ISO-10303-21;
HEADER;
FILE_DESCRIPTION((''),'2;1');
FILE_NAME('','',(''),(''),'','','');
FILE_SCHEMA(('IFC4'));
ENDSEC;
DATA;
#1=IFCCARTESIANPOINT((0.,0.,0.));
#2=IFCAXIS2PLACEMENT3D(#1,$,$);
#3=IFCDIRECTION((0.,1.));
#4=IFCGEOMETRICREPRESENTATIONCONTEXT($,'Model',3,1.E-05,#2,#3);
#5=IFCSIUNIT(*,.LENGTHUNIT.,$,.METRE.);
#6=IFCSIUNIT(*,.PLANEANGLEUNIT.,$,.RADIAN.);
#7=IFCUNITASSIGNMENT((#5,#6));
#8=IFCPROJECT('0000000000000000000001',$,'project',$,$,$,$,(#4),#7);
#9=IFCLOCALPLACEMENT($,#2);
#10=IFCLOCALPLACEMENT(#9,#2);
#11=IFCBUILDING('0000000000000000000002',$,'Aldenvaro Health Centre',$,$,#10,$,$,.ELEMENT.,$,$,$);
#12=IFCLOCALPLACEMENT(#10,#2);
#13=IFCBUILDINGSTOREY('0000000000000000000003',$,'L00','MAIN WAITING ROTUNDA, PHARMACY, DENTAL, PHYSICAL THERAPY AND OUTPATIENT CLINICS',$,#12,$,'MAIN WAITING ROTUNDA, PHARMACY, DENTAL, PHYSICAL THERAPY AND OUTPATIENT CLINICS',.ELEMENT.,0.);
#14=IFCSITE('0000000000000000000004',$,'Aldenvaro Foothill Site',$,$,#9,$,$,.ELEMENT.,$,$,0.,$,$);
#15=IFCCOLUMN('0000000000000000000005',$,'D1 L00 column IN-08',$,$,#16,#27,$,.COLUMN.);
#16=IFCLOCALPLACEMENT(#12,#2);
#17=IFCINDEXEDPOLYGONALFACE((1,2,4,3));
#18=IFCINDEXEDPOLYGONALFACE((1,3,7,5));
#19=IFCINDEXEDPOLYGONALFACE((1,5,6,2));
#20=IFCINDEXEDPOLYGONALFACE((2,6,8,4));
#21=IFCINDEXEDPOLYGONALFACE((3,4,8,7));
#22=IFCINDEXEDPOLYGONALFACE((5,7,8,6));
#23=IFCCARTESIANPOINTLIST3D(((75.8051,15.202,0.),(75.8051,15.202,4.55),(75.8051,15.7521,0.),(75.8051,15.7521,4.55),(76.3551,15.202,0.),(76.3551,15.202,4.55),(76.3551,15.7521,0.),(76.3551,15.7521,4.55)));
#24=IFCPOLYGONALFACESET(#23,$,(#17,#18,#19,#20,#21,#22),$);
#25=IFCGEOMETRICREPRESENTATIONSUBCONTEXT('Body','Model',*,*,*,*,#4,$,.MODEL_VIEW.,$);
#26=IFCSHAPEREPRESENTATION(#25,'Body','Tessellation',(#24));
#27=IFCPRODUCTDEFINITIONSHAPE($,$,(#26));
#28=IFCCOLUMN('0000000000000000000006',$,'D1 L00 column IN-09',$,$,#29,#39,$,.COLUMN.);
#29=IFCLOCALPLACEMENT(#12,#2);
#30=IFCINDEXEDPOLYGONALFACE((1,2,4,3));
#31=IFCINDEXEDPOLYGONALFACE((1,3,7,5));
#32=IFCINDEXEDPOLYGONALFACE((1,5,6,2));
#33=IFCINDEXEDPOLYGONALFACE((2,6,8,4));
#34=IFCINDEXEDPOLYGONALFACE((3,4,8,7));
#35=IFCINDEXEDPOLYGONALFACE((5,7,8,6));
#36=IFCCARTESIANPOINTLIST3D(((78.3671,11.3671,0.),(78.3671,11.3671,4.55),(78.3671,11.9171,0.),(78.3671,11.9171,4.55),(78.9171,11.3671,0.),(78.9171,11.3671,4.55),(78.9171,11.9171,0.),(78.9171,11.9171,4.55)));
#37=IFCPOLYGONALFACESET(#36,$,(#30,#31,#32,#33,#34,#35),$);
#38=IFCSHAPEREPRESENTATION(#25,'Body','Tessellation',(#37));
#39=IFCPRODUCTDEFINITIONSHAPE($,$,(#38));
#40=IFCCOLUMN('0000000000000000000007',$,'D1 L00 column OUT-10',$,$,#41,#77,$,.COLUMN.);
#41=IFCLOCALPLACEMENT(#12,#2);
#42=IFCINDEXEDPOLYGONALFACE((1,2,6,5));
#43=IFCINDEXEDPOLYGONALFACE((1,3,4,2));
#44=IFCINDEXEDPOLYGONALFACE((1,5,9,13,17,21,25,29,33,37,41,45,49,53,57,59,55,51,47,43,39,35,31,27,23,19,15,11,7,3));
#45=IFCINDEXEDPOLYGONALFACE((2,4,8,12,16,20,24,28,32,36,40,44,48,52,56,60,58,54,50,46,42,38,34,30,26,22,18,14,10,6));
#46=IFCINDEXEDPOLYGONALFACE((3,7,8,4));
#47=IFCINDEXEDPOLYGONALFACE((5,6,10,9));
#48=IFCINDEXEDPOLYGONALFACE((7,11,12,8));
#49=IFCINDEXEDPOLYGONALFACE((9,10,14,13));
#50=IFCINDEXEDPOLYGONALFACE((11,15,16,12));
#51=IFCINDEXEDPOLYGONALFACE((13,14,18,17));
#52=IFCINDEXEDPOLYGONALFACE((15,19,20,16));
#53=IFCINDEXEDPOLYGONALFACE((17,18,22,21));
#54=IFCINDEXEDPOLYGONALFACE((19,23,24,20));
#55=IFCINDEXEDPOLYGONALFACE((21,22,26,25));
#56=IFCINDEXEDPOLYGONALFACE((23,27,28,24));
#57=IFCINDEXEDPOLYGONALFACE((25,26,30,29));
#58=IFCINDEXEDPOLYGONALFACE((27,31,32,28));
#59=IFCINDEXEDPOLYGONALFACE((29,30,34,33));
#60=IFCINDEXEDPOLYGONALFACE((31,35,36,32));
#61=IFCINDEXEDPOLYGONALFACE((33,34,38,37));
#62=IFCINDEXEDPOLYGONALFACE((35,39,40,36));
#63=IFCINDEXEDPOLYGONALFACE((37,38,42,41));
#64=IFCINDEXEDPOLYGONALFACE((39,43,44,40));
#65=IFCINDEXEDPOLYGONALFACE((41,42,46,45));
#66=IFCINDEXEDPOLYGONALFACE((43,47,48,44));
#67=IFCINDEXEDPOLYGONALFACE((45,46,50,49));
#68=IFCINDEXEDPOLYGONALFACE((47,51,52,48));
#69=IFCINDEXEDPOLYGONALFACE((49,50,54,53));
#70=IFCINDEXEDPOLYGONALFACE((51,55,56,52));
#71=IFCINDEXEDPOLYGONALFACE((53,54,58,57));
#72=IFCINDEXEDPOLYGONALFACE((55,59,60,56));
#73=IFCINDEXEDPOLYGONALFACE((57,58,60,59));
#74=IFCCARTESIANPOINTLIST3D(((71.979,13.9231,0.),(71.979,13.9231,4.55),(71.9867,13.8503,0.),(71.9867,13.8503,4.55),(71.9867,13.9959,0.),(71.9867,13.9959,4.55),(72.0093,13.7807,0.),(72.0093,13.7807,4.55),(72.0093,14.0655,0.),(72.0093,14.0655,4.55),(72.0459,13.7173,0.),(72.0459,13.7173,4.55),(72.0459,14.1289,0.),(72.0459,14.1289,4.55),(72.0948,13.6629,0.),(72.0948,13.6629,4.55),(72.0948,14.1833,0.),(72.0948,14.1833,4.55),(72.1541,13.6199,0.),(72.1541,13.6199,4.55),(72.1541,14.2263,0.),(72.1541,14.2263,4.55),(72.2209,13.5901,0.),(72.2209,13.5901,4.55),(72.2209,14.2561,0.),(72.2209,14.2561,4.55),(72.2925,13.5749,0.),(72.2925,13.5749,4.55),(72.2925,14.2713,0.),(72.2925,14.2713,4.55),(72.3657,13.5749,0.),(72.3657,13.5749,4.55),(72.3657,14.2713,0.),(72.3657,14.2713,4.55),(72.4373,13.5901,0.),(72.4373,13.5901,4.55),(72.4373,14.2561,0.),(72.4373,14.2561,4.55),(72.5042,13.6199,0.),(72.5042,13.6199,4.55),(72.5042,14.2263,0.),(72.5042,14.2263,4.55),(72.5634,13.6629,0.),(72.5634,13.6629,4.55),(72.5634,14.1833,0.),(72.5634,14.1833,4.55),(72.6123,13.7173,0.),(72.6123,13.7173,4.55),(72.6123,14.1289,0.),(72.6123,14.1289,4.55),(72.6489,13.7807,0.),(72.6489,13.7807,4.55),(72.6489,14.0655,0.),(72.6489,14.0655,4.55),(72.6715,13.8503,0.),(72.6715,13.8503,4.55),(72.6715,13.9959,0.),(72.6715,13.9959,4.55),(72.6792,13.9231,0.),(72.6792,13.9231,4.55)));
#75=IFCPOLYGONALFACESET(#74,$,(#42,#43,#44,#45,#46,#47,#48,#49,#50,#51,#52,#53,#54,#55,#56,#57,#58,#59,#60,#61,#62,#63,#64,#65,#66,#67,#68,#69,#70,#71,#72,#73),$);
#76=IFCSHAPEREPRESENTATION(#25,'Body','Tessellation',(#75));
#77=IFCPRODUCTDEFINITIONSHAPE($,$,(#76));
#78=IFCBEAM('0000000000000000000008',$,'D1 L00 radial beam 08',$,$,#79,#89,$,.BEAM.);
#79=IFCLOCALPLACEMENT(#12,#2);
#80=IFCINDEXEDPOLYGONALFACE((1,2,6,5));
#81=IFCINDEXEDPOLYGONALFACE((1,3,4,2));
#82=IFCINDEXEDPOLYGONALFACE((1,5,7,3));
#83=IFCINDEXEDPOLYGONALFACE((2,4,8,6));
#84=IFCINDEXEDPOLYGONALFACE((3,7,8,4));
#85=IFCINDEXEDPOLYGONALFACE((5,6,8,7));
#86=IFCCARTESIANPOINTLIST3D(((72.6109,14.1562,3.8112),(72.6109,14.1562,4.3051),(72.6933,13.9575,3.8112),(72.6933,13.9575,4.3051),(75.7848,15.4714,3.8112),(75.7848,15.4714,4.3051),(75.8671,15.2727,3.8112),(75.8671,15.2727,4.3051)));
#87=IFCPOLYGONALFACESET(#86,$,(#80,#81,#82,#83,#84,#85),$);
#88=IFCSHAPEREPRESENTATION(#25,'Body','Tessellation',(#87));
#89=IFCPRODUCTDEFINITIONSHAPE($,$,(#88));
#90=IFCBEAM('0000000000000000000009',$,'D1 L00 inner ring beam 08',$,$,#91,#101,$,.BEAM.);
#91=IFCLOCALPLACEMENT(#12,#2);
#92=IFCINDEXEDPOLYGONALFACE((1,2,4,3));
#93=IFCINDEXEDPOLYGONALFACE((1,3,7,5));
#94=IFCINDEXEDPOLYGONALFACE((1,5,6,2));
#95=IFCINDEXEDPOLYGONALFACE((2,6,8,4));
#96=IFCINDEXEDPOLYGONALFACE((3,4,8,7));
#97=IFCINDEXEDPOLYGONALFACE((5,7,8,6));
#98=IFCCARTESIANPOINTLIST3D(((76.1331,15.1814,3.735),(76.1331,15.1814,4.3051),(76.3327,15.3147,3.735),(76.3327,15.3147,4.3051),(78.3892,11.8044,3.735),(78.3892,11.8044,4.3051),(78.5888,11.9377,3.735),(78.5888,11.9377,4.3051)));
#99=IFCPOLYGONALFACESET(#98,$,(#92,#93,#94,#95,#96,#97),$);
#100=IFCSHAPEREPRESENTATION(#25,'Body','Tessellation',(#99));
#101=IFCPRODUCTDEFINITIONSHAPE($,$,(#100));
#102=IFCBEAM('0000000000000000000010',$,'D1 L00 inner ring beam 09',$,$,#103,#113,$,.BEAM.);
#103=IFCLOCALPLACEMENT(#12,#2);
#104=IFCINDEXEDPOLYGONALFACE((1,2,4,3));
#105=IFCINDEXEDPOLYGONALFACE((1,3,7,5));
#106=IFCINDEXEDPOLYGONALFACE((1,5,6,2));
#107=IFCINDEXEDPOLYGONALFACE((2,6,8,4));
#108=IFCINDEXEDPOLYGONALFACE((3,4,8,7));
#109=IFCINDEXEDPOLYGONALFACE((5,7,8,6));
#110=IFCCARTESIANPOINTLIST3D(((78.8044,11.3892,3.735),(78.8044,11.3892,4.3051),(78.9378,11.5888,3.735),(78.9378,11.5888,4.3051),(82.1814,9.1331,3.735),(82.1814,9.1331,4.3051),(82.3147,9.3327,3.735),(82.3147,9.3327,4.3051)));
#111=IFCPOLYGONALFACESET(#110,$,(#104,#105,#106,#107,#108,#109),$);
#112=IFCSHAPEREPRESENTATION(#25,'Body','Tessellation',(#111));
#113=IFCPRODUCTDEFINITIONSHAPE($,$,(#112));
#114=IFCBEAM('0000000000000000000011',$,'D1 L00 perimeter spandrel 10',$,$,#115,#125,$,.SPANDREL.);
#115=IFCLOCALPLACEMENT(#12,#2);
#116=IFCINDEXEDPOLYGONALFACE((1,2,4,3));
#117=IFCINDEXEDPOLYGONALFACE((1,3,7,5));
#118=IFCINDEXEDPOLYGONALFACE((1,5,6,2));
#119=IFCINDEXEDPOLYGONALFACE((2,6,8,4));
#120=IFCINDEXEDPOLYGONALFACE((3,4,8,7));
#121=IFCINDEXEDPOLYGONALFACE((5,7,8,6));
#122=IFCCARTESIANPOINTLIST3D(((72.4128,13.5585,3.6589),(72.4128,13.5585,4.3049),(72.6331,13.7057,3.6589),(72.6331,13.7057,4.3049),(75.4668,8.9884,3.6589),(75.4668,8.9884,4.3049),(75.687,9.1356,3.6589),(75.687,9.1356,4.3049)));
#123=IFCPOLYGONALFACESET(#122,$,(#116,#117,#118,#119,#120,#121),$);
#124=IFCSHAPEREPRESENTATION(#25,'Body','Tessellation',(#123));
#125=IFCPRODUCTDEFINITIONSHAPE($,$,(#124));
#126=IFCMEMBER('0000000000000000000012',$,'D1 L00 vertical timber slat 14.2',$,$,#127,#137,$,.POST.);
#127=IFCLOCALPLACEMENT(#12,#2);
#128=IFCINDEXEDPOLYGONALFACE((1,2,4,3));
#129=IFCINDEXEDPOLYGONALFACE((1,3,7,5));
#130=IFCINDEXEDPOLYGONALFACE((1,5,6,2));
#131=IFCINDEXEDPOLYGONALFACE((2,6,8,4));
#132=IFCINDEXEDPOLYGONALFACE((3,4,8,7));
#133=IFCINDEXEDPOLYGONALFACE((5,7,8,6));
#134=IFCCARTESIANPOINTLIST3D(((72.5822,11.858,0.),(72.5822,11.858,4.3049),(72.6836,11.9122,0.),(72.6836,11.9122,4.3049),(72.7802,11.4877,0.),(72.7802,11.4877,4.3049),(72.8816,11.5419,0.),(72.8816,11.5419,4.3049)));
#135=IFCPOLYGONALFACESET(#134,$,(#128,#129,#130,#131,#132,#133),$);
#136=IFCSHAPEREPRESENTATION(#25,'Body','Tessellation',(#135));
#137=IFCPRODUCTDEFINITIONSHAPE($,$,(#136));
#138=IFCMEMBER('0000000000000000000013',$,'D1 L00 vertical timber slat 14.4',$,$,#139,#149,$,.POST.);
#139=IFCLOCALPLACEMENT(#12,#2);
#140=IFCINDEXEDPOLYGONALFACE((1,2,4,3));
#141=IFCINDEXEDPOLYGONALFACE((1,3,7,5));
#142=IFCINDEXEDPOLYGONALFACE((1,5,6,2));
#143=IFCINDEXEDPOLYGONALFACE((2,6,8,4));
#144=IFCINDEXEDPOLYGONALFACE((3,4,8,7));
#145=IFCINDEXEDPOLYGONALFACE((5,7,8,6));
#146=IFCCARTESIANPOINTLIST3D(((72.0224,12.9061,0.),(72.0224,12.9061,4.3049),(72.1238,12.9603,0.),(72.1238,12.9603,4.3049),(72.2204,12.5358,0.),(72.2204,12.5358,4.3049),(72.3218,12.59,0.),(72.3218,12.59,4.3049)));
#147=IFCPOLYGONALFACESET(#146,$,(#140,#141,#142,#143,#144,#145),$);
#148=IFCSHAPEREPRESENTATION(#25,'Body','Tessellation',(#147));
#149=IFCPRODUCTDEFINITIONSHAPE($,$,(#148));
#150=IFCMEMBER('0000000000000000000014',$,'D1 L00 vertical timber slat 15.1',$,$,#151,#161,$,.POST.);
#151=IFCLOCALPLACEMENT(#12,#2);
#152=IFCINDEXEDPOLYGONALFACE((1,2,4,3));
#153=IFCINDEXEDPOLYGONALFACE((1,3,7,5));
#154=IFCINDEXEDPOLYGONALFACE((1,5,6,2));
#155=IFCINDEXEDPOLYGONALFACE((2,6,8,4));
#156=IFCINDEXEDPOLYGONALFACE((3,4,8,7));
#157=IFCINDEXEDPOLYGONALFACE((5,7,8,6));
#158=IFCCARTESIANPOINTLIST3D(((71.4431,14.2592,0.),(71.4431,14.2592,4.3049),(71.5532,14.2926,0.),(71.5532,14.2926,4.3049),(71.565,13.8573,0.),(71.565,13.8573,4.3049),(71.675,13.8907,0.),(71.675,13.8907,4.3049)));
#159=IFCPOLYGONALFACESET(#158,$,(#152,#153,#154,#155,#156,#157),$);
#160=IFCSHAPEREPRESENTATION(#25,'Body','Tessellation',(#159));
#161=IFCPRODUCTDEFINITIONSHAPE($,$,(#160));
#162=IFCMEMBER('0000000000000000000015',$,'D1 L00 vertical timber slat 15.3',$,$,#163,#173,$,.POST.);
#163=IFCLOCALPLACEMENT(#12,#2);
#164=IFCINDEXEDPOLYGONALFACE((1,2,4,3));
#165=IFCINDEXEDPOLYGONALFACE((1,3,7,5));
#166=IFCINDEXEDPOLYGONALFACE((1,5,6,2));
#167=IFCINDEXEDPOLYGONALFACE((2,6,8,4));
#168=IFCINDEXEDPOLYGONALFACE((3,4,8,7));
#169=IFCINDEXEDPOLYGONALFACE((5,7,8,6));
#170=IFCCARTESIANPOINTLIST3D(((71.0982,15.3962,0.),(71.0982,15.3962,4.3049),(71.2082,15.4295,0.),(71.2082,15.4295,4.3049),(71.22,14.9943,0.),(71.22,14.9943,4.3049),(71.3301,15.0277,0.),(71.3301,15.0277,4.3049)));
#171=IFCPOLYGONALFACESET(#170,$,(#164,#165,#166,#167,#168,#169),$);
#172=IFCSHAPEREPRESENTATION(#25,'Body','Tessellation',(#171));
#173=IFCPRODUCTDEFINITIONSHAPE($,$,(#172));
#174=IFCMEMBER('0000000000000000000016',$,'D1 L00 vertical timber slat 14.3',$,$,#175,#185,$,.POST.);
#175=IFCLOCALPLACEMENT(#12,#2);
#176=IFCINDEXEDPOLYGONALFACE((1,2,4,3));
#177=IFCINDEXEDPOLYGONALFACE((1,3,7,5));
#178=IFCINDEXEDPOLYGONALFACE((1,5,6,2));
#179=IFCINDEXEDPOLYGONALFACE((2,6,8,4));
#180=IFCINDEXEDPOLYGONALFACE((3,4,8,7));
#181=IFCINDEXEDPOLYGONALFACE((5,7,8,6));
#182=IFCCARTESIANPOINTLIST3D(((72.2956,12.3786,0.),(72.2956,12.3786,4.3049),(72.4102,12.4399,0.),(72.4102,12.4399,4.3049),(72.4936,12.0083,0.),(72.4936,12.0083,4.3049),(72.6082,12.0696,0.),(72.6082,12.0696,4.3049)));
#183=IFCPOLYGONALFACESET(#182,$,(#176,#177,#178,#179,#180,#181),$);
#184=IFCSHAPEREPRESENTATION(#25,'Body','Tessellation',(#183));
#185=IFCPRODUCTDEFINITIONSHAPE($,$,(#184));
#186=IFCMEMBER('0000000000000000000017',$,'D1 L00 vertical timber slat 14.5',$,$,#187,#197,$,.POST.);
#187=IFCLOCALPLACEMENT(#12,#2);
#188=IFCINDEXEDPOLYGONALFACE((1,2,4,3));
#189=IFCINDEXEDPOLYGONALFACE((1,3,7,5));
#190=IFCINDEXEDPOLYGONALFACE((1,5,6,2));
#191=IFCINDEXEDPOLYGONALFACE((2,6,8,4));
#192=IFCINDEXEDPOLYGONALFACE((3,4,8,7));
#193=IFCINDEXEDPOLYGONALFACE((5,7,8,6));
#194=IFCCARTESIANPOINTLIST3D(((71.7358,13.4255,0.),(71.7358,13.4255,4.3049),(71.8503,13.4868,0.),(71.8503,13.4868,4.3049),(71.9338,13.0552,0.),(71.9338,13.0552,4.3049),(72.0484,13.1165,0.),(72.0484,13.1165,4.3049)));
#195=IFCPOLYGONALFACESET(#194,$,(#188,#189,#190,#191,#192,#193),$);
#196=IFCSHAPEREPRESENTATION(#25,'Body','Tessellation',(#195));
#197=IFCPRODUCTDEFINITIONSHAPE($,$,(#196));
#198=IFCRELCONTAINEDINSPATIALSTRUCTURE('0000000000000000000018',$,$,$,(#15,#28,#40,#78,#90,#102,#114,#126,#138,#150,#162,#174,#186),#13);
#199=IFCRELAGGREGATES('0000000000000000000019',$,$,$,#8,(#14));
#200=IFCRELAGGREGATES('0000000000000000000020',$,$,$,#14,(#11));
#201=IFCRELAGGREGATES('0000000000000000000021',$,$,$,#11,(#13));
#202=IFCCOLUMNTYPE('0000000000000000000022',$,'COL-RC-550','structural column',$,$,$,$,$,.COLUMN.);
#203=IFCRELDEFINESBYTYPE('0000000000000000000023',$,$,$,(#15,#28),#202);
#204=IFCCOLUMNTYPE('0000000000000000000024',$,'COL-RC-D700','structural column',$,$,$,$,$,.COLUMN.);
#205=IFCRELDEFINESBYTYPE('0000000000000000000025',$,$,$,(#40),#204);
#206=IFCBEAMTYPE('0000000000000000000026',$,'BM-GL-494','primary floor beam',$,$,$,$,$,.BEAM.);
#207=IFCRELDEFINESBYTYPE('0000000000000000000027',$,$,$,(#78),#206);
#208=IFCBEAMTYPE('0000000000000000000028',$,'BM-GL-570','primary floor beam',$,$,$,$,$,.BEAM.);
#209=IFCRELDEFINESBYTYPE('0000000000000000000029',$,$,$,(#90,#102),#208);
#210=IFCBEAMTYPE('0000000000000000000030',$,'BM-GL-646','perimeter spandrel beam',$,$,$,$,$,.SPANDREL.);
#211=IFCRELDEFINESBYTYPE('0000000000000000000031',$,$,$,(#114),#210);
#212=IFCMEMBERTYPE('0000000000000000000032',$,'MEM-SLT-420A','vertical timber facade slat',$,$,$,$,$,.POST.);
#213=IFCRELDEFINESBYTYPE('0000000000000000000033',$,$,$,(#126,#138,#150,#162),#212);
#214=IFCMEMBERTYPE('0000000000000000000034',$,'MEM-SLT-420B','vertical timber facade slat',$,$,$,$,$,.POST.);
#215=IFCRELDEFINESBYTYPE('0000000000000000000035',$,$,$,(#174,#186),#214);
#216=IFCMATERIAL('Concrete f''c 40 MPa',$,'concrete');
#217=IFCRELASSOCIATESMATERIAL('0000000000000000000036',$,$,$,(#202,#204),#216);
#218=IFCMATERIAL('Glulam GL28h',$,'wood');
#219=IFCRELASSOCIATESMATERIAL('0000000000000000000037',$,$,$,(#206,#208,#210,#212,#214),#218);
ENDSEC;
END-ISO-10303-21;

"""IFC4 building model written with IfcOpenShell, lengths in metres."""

from ifc_helpers import new_model, si_unit, direction, frame, origin, origin_2d, place, context, subcontext, project, spatial, rectangle, circle, extrude, material, material_profile, profile_set, type_object, element, save


model = new_model("IFC4")

# Units and contexts
model_context = context("Model", 3, precision=1e-05, world=origin(), true_north=direction((0.0, 1.0)))
body_context = subcontext(model_context, "Body", "Model", "MODEL_VIEW")
ifc_project = project(units=[si_unit("LENGTHUNIT", "METRE"), si_unit("PLANEANGLEUNIT", "RADIAN")], contexts=[model_context])

# Site, building, storey
site_placement = place(None, origin())
site = spatial("IfcSite", under=ifc_project, at=site_placement, Name="Aldenvaro Foothill Site", CompositionType="ELEMENT", RefElevation=0.0)
building_placement = place(site_placement, origin())
building = spatial("IfcBuilding", under=site, at=building_placement, Name="Aldenvaro Health Centre", CompositionType="ELEMENT")
storey_placement = place(building_placement, origin())
storey = spatial("IfcBuildingStorey", under=building, at=storey_placement, Name="L00", Description="MAIN WAITING ROTUNDA, PHARMACY, DENTAL, PHYSICAL THERAPY AND OUTPATIENT CLINICS", LongName="MAIN WAITING ROTUNDA, PHARMACY, DENTAL, PHYSICAL THERAPY AND OUTPATIENT CLINICS", CompositionType="ELEMENT", Elevation=0.0)

# Columns
ifc_material_1 = material(Name="Concrete f'c 40 MPa", Category="concrete")
ifc_material_profile_1 = material_profile(ifc_material_1, rectangle(XDim=0.55, YDim=0.55, at=origin_2d()), Name="RC 550x550", Category="concrete")
ifc_profile_set_1 = profile_set([ifc_material_profile_1], Name="Concrete f'c 40 MPa")
column_type_1 = type_object("IfcColumnType", Name="COL-RC-550", Description="structural column", PredefinedType="COLUMN", material=ifc_profile_set_1)
for number, where, z_axis, x_axis, name in (
    (1, (76.0801, 15.4771, 0.0), (0.0, 0.0, 1.0), (1.0, 0.0, 0.0), "D1 L00 column IN-08"),
    (2, (78.6421, 11.6421, 0.0), (0.0, 0.0, 1.0), (1.0, 0.0, 0.0), "D1 L00 column IN-09"),
):
    element("IfcColumn", number, at=place(storey_placement, frame(where, z_axis=z_axis, x_axis=x_axis)), inside=storey, type_object=column_type_1, Name=name, PredefinedType="COLUMN", context=body_context, shape_type="SweptSolid", body=[
        extrude(rectangle(XDim=0.55, YDim=0.55, at=origin_2d()), origin(), (0.0, 0.0, 1.0), 4.55),
    ])
ifc_material_profile_2 = material_profile(ifc_material_1, circle(Radius=0.3501, at=origin_2d()), Name="RC D700", Category="concrete")
ifc_profile_set_2 = profile_set([ifc_material_profile_2], Name="Concrete f'c 40 MPa")
column_type_2 = type_object("IfcColumnType", Name="COL-RC-D700", Description="structural column", PredefinedType="COLUMN", material=ifc_profile_set_2)
column_placement = place(storey_placement, frame((72.3291, 13.9231, 0.0), z_axis=(0.0, 0.0, 1.0), x_axis=(1.0, 0.0, 0.0)))
element("IfcColumn", 3, at=column_placement, inside=storey, type_object=column_type_2, Name="D1 L00 column OUT-10", PredefinedType="COLUMN", context=body_context, shape_type="SweptSolid", body=[
    extrude(circle(Radius=0.3501, at=origin_2d()), origin(), (0.0, 0.0, 1.0), 4.55),
])

# Beams
ifc_material_2 = material(Name="Glulam GL28h", Category="wood")
ifc_material_profile_3 = material_profile(ifc_material_2, rectangle(XDim=0.2151, YDim=0.4939, at=origin_2d()), Name="GL 215x494", Category="wood")
ifc_profile_set_3 = profile_set([ifc_material_profile_3], Name="Glulam GL28h")
beam_type_1 = type_object("IfcBeamType", Name="BM-GL-494", Description="primary floor beam", PredefinedType="BEAM", material=ifc_profile_set_3)
beam_1_placement = place(storey_placement, frame((75.8259, 15.3721, 4.0581), z_axis=(-0.923824, -0.382818, 0.0), x_axis=(0.382818, -0.923824, 0.0)))
element("IfcBeam", 4, at=beam_1_placement, inside=storey, type_object=beam_type_1, Name="D1 L00 radial beam 08", PredefinedType="BEAM", context=body_context, shape_type="SweptSolid", body=[
    extrude(rectangle(XDim=0.2151, YDim=0.4939, at=origin_2d()), origin(), (0.0, 0.0, 1.0), 3.4355),
])
ifc_material_profile_4 = material_profile(ifc_material_2, rectangle(XDim=0.24, YDim=0.5701, at=origin_2d()), Name="GL 240x570", Category="wood")
ifc_profile_set_4 = profile_set([ifc_material_profile_4], Name="Glulam GL28h")
beam_type_2 = type_object("IfcBeamType", Name="BM-GL-570", Description="primary floor beam", PredefinedType="BEAM", material=ifc_profile_set_4)
for number, where, z_axis, x_axis, name in (
    (5, (76.2329, 15.248, 4.02), (0.555518, -0.831504, 0.0), (0.831504, 0.555518, 0.0), "D1 L00 inner ring beam 08"),
    (6, (78.8711, 11.489, 4.02), (0.831504, -0.555518, 0.0), (0.555518, 0.831504, 0.0), "D1 L00 inner ring beam 09"),
):
    element("IfcBeam", number, at=place(storey_placement, frame(where, z_axis=z_axis, x_axis=x_axis)), inside=storey, type_object=beam_type_2, Name=name, PredefinedType="BEAM", context=body_context, shape_type="SweptSolid", body=[
        extrude(rectangle(XDim=0.24, YDim=0.5701, at=origin_2d()), origin(), (0.0, 0.0, 1.0), 4.0613),
    ])
ifc_material_profile_5 = material_profile(ifc_material_2, rectangle(XDim=0.2649, YDim=0.646, at=origin_2d()), Name="GL 265x646", Category="wood")
ifc_profile_set_5 = profile_set([ifc_material_profile_5], Name="Glulam GL28h")
beam_type_3 = type_object("IfcBeamType", Name="BM-GL-646", Description="perimeter spandrel beam", PredefinedType="SPANDREL", material=ifc_profile_set_5)
beam_2_placement = place(storey_placement, frame((72.5229, 13.6321, 3.9819), z_axis=(0.555612, -0.831442, 0.0), x_axis=(0.831442, 0.555612, 0.0)))
element("IfcBeam", 7, at=beam_2_placement, inside=storey, type_object=beam_type_3, Name="D1 L00 perimeter spandrel 10", PredefinedType="SPANDREL", context=body_context, shape_type="SweptSolid", body=[
    extrude(rectangle(XDim=0.2649, YDim=0.646, at=origin_2d()), origin(), (0.0, 0.0, 1.0), 5.4966),
])

# Members
ifc_material_profile_6 = material_profile(ifc_material_2, rectangle(XDim=0.115, YDim=0.4199, at=origin_2d()), Name="GL 115x420", Category="wood")
ifc_profile_set_6 = profile_set([ifc_material_profile_6], Name="Glulam GL28h")
member_type_1 = type_object("IfcMemberType", Name="MEM-SLT-420A", Description="vertical timber facade slat", PredefinedType="POST", material=ifc_profile_set_6)
for number, where, z_axis, x_axis, name in (
    (8, (72.7319, 11.7, 0.0), (0.0, 0.0, 1.0), (-0.881836, -0.471557, 0.0), "D1 L00 vertical timber slat 14.2"),
    (9, (72.1721, 12.748, 0.0), (0.0, 0.0, 1.0), (-0.881836, -0.471557, 0.0), "D1 L00 vertical timber slat 14.4"),
    (10, (71.5591, 14.075, 0.0), (0.0, 0.0, 1.0), (-0.956975, -0.290171, 0.0), "D1 L00 vertical timber slat 15.1"),
    (11, (71.2141, 15.2119, 0.0), (0.0, 0.0, 1.0), (-0.956975, -0.290171, 0.0), "D1 L00 vertical timber slat 15.3"),
):
    element("IfcMember", number, at=place(storey_placement, frame(where, z_axis=z_axis, x_axis=x_axis)), inside=storey, type_object=member_type_1, Name=name, PredefinedType="POST", context=body_context, shape_type="SweptSolid", body=[
        extrude(rectangle(XDim=0.115, YDim=0.4199, at=origin_2d()), origin(), (0.0, 0.0, 1.0), 4.3049),
    ])
ifc_material_profile_7 = material_profile(ifc_material_2, rectangle(XDim=0.1299, YDim=0.4199, at=origin_2d()), Name="GL 130x420", Category="wood")
ifc_profile_set_7 = profile_set([ifc_material_profile_7], Name="Glulam GL28h")
member_type_2 = type_object("IfcMemberType", Name="MEM-SLT-420B", Description="vertical timber facade slat", PredefinedType="POST", material=ifc_profile_set_7)
for number, where, z_axis, x_axis, name in (
    (12, (72.4519, 12.2241, 0.0), (0.0, 0.0, 1.0), (-0.881836, -0.471557, 0.0), "D1 L00 vertical timber slat 14.3"),
    (13, (71.8921, 13.271, 0.0), (0.0, 0.0, 1.0), (-0.881836, -0.471557, 0.0), "D1 L00 vertical timber slat 14.5"),
):
    element("IfcMember", number, at=place(storey_placement, frame(where, z_axis=z_axis, x_axis=x_axis)), inside=storey, type_object=member_type_2, Name=name, PredefinedType="POST", context=body_context, shape_type="SweptSolid", body=[
        extrude(rectangle(XDim=0.1299, YDim=0.4199, at=origin_2d()), origin(), (0.0, 0.0, 1.0), 4.3049),
    ])

save(model, "model.ifc")
